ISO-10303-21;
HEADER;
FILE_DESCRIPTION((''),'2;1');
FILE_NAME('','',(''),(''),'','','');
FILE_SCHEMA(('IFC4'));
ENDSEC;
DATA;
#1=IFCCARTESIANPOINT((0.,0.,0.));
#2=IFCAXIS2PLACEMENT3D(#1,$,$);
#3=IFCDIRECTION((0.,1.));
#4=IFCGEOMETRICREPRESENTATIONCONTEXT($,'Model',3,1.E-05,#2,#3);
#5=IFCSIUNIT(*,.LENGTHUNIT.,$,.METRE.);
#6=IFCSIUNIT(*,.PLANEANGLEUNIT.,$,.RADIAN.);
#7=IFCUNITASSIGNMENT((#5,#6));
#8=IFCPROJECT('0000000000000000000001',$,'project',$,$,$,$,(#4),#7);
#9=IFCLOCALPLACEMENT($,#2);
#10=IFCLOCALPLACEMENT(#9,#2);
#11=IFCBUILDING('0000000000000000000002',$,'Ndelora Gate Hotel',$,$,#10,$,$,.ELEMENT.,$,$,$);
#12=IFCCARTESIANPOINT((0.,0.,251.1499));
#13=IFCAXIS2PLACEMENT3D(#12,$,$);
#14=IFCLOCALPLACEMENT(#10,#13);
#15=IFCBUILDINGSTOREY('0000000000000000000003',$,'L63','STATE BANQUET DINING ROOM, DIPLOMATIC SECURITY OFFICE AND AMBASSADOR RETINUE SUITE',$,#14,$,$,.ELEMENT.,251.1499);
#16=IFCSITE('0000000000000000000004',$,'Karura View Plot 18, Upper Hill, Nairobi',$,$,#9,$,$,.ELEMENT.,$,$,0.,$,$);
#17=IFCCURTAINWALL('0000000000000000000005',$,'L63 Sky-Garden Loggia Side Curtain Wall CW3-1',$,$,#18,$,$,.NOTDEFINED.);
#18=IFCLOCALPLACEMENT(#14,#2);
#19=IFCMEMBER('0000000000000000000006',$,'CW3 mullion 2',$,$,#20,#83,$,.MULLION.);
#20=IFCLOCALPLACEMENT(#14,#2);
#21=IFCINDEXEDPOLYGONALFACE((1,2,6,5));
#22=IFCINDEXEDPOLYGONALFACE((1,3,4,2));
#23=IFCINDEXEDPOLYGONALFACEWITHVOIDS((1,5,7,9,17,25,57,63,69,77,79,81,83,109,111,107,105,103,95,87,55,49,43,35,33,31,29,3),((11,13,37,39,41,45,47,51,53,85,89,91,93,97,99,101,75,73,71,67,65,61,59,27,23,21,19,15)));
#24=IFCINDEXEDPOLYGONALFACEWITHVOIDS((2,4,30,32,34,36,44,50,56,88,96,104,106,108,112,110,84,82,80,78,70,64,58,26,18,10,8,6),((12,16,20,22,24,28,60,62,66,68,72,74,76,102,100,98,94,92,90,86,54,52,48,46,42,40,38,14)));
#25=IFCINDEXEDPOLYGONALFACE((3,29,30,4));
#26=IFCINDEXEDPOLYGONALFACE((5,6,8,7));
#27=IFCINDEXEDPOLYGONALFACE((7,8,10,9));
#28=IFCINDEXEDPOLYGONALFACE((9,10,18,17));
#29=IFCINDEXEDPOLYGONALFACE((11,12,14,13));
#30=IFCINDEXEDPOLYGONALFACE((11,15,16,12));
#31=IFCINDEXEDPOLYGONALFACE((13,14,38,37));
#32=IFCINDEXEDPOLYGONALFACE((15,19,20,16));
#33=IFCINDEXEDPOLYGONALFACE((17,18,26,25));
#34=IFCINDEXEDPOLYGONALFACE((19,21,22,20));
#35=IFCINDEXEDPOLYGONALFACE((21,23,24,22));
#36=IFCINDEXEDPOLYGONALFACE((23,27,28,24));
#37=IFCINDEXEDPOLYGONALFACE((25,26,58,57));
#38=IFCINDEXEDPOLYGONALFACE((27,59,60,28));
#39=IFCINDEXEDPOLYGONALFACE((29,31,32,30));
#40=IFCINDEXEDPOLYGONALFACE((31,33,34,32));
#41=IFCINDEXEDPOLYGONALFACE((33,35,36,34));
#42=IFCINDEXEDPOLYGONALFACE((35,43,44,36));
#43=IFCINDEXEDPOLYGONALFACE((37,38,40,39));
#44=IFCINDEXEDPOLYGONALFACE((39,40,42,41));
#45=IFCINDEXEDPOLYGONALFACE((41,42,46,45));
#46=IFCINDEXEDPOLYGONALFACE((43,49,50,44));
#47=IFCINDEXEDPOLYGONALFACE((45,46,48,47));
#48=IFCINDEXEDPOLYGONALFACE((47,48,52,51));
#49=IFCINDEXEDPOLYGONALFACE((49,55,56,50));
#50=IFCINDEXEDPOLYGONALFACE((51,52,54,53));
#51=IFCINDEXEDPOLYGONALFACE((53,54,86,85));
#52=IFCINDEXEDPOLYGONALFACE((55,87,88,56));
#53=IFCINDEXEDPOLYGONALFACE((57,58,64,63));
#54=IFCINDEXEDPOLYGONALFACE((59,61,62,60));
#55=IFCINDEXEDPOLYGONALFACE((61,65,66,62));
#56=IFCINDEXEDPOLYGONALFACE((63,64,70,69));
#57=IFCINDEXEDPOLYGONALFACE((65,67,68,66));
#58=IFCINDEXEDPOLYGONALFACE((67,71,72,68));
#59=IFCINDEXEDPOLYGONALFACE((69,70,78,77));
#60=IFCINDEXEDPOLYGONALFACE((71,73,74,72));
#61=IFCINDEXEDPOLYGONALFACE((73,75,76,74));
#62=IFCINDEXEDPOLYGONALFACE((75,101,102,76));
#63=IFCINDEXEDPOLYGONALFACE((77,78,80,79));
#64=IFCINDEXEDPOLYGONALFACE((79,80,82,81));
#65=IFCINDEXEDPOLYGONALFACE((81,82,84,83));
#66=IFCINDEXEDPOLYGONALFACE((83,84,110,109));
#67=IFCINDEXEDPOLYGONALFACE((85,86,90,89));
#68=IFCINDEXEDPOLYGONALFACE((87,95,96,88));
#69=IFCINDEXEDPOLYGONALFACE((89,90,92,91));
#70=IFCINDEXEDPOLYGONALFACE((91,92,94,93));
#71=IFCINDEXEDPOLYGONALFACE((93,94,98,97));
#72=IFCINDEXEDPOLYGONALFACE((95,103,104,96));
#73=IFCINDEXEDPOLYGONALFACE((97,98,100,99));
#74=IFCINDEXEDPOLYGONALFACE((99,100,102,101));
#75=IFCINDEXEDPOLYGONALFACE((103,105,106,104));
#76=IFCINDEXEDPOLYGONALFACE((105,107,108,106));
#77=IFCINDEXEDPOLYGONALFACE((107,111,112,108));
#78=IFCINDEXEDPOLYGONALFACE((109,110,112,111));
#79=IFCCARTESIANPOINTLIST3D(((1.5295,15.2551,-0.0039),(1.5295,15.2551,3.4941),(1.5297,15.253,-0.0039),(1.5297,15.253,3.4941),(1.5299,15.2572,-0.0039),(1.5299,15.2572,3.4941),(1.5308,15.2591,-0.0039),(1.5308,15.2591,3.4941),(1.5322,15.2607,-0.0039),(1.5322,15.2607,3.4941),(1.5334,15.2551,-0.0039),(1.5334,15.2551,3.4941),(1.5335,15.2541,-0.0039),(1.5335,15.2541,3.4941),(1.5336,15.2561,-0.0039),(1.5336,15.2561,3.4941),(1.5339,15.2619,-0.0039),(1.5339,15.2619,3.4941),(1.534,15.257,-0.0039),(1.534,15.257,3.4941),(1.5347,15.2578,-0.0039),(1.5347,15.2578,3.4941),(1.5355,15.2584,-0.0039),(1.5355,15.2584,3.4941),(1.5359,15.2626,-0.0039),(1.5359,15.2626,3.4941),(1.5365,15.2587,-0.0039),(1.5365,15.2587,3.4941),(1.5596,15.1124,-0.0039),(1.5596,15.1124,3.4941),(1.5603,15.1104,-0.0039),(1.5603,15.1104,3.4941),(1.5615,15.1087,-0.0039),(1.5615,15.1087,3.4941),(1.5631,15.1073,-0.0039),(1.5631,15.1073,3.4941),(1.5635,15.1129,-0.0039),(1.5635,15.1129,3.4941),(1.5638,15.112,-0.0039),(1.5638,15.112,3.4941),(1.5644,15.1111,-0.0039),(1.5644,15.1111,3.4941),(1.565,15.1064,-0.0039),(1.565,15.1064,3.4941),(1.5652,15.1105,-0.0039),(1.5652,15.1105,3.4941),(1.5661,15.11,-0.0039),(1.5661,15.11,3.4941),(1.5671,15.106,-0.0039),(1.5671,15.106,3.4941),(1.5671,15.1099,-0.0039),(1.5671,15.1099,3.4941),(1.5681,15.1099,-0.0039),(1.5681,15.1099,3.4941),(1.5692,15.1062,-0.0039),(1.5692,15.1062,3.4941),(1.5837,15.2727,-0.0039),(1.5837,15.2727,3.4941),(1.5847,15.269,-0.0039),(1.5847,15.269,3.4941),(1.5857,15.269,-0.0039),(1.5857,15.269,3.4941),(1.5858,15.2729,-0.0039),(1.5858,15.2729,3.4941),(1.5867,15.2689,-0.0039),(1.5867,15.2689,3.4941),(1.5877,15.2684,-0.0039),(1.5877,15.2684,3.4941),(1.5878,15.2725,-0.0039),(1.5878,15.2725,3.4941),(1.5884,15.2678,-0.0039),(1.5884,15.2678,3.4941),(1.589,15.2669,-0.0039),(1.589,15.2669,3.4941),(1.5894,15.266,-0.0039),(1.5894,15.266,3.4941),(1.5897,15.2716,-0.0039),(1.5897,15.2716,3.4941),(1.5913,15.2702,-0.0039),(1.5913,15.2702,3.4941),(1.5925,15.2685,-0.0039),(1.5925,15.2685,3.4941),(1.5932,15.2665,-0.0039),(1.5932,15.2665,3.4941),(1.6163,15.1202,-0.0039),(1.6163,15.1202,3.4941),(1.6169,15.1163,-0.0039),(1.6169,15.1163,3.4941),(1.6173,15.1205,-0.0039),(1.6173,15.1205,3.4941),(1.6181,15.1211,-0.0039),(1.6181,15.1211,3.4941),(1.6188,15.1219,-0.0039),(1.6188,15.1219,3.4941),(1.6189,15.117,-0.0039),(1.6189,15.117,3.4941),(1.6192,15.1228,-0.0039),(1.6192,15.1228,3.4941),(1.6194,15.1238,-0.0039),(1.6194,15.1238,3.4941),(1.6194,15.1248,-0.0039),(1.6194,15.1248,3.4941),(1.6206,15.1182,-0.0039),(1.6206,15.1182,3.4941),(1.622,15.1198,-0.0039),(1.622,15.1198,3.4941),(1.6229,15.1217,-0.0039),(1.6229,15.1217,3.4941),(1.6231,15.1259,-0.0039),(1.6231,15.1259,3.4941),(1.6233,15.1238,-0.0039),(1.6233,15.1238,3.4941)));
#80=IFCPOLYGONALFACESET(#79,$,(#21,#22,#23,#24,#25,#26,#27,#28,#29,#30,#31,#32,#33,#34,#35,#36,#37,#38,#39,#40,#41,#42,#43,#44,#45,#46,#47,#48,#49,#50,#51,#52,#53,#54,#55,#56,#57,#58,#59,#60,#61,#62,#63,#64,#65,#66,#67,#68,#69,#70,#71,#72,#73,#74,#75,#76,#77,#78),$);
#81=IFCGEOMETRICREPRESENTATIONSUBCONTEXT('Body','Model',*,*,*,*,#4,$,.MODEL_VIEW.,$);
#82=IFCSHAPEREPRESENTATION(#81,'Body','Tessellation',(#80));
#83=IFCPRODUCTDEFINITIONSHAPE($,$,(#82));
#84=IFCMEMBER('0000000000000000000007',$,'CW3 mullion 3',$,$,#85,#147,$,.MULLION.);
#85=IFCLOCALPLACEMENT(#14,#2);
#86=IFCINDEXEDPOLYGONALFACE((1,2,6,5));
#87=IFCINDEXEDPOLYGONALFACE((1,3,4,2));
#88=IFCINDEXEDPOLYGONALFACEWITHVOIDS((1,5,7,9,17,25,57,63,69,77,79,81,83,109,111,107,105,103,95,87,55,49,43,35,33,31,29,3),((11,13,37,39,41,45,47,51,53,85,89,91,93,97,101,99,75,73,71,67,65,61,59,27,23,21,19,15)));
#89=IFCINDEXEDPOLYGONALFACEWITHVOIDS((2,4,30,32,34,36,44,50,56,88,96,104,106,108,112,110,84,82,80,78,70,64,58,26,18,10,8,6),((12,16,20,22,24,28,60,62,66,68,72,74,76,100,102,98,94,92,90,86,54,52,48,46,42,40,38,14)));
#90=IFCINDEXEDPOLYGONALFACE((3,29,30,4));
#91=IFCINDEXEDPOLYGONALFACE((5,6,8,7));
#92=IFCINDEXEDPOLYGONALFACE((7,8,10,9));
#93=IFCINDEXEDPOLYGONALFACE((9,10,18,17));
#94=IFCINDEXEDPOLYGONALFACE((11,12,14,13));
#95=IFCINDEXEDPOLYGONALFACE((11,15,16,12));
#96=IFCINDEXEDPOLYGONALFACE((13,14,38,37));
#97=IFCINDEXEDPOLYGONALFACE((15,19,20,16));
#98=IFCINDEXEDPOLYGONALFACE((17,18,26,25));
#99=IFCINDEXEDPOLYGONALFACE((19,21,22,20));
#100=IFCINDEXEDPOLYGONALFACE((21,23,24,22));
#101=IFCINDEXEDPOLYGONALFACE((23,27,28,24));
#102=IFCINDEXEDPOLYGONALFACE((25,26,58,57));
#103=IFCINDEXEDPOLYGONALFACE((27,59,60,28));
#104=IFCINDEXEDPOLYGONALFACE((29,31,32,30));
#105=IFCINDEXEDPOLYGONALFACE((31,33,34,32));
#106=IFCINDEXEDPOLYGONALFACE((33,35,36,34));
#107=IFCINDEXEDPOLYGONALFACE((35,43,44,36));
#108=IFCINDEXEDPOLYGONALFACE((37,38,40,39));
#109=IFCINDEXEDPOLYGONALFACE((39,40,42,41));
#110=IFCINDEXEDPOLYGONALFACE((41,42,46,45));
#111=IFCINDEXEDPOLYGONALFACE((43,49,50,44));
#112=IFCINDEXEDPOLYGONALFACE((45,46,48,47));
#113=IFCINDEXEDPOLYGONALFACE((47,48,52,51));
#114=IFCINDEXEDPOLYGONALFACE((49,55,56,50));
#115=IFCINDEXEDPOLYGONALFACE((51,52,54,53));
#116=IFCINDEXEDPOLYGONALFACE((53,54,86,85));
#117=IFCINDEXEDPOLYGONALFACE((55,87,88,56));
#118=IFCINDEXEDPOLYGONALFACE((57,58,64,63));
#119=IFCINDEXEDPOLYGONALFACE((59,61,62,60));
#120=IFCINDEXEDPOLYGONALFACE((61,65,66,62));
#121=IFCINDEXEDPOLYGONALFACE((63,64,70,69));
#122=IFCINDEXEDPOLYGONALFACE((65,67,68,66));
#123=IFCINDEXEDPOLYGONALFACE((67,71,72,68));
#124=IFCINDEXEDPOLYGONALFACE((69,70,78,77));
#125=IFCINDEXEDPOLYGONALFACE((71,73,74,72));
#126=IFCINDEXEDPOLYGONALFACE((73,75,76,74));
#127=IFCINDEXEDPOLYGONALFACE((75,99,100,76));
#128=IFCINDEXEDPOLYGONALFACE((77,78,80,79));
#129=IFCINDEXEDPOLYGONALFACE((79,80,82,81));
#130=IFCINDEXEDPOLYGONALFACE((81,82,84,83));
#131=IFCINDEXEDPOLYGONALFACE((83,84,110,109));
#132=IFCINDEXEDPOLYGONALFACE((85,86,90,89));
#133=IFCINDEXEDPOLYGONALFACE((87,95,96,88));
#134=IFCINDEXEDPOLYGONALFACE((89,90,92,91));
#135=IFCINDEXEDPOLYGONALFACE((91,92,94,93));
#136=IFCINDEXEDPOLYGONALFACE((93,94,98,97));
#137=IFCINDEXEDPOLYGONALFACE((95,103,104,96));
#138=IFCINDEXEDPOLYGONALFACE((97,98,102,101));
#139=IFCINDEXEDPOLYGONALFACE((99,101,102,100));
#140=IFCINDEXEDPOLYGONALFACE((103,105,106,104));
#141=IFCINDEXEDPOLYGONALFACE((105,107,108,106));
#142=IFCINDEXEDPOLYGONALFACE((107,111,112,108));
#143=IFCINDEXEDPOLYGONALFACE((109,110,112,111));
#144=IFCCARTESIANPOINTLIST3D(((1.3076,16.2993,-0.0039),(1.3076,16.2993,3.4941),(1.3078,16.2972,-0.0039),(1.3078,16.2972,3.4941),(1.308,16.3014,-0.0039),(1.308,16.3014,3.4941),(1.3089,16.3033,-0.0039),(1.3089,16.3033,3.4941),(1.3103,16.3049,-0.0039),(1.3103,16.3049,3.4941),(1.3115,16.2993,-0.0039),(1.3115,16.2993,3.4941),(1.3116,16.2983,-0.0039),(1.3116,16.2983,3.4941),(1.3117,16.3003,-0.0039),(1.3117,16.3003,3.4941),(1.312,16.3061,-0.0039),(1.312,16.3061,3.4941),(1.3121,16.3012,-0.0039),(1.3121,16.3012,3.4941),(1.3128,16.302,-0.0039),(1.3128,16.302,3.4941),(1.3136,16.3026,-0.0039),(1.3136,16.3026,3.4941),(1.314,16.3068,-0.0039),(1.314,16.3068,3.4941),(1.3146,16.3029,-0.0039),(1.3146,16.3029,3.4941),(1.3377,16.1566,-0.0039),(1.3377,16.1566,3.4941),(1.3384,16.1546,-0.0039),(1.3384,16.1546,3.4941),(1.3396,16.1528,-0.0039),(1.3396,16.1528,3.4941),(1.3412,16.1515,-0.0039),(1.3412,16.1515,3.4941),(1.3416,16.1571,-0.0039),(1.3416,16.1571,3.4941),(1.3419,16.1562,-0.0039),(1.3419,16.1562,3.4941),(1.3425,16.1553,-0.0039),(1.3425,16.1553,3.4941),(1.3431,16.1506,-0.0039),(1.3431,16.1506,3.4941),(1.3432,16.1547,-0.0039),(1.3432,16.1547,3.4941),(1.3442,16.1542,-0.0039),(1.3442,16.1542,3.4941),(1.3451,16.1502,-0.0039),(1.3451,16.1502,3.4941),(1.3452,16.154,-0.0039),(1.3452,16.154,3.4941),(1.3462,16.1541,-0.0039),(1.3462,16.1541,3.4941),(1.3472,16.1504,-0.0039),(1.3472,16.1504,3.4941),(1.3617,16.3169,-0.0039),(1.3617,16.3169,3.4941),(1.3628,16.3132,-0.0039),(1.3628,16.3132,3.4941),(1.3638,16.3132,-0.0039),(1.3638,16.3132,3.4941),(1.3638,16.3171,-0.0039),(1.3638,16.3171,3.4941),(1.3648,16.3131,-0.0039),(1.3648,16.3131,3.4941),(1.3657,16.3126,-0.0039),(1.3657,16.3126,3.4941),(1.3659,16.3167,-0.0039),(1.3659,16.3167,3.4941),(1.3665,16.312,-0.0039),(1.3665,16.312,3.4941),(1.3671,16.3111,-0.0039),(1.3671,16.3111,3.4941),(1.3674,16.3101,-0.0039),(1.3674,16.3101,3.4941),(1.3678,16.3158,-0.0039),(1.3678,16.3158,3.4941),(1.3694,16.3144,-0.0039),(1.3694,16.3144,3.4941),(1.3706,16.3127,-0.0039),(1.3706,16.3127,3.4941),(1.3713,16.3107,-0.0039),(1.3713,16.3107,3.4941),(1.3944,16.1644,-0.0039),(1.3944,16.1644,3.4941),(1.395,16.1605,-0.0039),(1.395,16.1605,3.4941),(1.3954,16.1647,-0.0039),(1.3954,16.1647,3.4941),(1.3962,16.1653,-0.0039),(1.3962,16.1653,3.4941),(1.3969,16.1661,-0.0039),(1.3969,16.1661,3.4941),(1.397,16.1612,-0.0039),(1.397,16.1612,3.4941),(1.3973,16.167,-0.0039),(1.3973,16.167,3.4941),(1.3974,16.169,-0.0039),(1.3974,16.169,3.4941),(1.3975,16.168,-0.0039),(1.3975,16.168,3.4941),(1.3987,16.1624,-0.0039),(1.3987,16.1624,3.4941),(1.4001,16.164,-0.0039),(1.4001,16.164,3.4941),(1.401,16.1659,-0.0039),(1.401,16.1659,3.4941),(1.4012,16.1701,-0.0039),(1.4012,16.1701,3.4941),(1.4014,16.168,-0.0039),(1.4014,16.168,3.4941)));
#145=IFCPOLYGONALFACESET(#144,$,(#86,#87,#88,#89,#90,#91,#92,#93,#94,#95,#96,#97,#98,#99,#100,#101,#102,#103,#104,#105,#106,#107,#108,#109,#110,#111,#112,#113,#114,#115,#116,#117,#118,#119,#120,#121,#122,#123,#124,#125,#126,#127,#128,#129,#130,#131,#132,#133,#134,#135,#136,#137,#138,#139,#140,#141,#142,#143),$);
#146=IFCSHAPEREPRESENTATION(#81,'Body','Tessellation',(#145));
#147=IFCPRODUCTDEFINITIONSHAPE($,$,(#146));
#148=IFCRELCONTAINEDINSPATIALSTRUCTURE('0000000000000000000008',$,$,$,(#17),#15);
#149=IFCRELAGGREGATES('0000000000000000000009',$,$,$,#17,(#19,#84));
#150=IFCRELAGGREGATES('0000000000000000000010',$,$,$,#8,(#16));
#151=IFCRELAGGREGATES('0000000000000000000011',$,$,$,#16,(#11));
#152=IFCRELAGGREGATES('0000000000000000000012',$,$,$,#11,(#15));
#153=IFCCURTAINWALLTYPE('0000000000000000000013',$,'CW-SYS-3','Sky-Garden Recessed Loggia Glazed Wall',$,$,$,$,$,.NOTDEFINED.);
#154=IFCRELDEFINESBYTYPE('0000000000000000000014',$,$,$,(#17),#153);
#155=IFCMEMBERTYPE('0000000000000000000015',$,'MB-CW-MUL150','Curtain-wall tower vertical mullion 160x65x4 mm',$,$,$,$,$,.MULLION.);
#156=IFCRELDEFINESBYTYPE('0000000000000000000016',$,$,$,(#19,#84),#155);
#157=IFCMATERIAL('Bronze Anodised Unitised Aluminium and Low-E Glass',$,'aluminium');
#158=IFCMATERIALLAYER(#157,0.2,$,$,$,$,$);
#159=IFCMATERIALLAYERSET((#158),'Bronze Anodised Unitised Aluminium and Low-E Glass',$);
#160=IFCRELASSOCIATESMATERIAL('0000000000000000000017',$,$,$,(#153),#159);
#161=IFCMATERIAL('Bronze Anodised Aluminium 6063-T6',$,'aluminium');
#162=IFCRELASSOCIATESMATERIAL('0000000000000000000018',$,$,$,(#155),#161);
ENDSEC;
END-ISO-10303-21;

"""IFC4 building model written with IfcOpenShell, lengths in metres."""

from ifc_helpers import new_model, si_unit, direction, frame, origin, origin_2d, place, context, subcontext, project, spatial, hollow_rectangle, extrude, material, layer, layer_set, material_profile, profile_set, type_object, element, aggregate, save


model = new_model("IFC4")

# Units and contexts
model_context = context("Model", 3, precision=1e-05, world=origin(), true_north=direction((0.0, 1.0)))
body_context = subcontext(model_context, "Body", "Model", "MODEL_VIEW")
ifc_project = project(units=[si_unit("LENGTHUNIT", "METRE"), si_unit("PLANEANGLEUNIT", "RADIAN")], contexts=[model_context])

# Site, building, storey
site_placement = place(None, origin())
site = spatial("IfcSite", under=ifc_project, at=site_placement, Name="Karura View Plot 18, Upper Hill, Nairobi", CompositionType="ELEMENT", RefElevation=0.0)
building_placement = place(site_placement, origin())
building = spatial("IfcBuilding", under=site, at=building_placement, Name="Ndelora Gate Hotel", CompositionType="ELEMENT")
storey_placement = place(building_placement, frame((0.0, 0.0, 251.1499)))
storey = spatial("IfcBuildingStorey", under=building, at=storey_placement, Name="L63", Description="STATE BANQUET DINING ROOM, DIPLOMATIC SECURITY OFFICE AND AMBASSADOR RETINUE SUITE", CompositionType="ELEMENT", Elevation=251.1499)

# Curtain wall, members
ifc_material_1 = material(Name="Bronze Anodised Unitised Aluminium and Low-E Glass", Category="aluminium")
ifc_layer_1 = layer(ifc_material_1, 0.2)
ifc_layer_set_1 = layer_set([ifc_layer_1], Name="Bronze Anodised Unitised Aluminium and Low-E Glass")
curtain_wall_type = type_object("IfcCurtainWallType", Name="CW-SYS-3", Description="Sky-Garden Recessed Loggia Glazed Wall", PredefinedType="NOTDEFINED", material=ifc_layer_set_1)
curtain_wall_placement = place(storey_placement, origin())
curtain_wall = element("IfcCurtainWall", 1, at=curtain_wall_placement, inside=storey, type_object=curtain_wall_type, Name="L63 Sky-Garden Loggia Side Curtain Wall CW3-1", PredefinedType="NOTDEFINED")
ifc_material_2 = material(Name="Bronze Anodised Aluminium 6063-T6", Category="aluminium")
ifc_material_profile_1 = material_profile(ifc_material_2, hollow_rectangle(XDim=0.0649, YDim=0.1599, WallThickness=0.0039, InnerFilletRadius=0.0039, OuterFilletRadius=0.0081, at=origin_2d()), Name="ALU 160x65x4")
ifc_profile_set_1 = profile_set([ifc_material_profile_1], Name="Bronze Anodised Aluminium 6063-T6")
member_type_1 = type_object("IfcMemberType", Name="MB-CW-MUL150", Description="Curtain-wall tower vertical mullion 160x65x4 mm", PredefinedType="MULLION", material=ifc_profile_set_1)
member_1_placement = place(storey_placement, frame((1.5764, 15.1895, -0.0039), z_axis=(0.0, 0.0, 1.0), x_axis=(-0.978148, -0.207911, 0.0)))
member_1 = element("IfcMember", 2, at=member_1_placement, type_object=member_type_1, Name="CW3 mullion 2", PredefinedType="MULLION", context=body_context, shape_type="SweptSolid", body=[
    extrude(hollow_rectangle(XDim=0.0649, YDim=0.1599, WallThickness=0.0039, InnerFilletRadius=0.0039, OuterFilletRadius=0.0081, at=origin_2d()), origin(), (0.0, 0.0, 1.0), 3.498),
])
member_2_placement = place(storey_placement, frame((1.3545, 16.2336, -0.0039), z_axis=(0.0, 0.0, 1.0), x_axis=(-0.978148, -0.207911, 0.0)))
member_2 = element("IfcMember", 3, at=member_2_placement, type_object=member_type_1, Name="CW3 mullion 3", PredefinedType="MULLION", context=body_context, shape_type="SweptSolid", body=[
    extrude(hollow_rectangle(XDim=0.0649, YDim=0.1599, WallThickness=0.0039, InnerFilletRadius=0.0039, OuterFilletRadius=0.0081, at=origin_2d()), origin(), (0.0, 0.0, 1.0), 3.498),
])
aggregate(curtain_wall, [member_1, member_2])

save(model, "model.ifc")
